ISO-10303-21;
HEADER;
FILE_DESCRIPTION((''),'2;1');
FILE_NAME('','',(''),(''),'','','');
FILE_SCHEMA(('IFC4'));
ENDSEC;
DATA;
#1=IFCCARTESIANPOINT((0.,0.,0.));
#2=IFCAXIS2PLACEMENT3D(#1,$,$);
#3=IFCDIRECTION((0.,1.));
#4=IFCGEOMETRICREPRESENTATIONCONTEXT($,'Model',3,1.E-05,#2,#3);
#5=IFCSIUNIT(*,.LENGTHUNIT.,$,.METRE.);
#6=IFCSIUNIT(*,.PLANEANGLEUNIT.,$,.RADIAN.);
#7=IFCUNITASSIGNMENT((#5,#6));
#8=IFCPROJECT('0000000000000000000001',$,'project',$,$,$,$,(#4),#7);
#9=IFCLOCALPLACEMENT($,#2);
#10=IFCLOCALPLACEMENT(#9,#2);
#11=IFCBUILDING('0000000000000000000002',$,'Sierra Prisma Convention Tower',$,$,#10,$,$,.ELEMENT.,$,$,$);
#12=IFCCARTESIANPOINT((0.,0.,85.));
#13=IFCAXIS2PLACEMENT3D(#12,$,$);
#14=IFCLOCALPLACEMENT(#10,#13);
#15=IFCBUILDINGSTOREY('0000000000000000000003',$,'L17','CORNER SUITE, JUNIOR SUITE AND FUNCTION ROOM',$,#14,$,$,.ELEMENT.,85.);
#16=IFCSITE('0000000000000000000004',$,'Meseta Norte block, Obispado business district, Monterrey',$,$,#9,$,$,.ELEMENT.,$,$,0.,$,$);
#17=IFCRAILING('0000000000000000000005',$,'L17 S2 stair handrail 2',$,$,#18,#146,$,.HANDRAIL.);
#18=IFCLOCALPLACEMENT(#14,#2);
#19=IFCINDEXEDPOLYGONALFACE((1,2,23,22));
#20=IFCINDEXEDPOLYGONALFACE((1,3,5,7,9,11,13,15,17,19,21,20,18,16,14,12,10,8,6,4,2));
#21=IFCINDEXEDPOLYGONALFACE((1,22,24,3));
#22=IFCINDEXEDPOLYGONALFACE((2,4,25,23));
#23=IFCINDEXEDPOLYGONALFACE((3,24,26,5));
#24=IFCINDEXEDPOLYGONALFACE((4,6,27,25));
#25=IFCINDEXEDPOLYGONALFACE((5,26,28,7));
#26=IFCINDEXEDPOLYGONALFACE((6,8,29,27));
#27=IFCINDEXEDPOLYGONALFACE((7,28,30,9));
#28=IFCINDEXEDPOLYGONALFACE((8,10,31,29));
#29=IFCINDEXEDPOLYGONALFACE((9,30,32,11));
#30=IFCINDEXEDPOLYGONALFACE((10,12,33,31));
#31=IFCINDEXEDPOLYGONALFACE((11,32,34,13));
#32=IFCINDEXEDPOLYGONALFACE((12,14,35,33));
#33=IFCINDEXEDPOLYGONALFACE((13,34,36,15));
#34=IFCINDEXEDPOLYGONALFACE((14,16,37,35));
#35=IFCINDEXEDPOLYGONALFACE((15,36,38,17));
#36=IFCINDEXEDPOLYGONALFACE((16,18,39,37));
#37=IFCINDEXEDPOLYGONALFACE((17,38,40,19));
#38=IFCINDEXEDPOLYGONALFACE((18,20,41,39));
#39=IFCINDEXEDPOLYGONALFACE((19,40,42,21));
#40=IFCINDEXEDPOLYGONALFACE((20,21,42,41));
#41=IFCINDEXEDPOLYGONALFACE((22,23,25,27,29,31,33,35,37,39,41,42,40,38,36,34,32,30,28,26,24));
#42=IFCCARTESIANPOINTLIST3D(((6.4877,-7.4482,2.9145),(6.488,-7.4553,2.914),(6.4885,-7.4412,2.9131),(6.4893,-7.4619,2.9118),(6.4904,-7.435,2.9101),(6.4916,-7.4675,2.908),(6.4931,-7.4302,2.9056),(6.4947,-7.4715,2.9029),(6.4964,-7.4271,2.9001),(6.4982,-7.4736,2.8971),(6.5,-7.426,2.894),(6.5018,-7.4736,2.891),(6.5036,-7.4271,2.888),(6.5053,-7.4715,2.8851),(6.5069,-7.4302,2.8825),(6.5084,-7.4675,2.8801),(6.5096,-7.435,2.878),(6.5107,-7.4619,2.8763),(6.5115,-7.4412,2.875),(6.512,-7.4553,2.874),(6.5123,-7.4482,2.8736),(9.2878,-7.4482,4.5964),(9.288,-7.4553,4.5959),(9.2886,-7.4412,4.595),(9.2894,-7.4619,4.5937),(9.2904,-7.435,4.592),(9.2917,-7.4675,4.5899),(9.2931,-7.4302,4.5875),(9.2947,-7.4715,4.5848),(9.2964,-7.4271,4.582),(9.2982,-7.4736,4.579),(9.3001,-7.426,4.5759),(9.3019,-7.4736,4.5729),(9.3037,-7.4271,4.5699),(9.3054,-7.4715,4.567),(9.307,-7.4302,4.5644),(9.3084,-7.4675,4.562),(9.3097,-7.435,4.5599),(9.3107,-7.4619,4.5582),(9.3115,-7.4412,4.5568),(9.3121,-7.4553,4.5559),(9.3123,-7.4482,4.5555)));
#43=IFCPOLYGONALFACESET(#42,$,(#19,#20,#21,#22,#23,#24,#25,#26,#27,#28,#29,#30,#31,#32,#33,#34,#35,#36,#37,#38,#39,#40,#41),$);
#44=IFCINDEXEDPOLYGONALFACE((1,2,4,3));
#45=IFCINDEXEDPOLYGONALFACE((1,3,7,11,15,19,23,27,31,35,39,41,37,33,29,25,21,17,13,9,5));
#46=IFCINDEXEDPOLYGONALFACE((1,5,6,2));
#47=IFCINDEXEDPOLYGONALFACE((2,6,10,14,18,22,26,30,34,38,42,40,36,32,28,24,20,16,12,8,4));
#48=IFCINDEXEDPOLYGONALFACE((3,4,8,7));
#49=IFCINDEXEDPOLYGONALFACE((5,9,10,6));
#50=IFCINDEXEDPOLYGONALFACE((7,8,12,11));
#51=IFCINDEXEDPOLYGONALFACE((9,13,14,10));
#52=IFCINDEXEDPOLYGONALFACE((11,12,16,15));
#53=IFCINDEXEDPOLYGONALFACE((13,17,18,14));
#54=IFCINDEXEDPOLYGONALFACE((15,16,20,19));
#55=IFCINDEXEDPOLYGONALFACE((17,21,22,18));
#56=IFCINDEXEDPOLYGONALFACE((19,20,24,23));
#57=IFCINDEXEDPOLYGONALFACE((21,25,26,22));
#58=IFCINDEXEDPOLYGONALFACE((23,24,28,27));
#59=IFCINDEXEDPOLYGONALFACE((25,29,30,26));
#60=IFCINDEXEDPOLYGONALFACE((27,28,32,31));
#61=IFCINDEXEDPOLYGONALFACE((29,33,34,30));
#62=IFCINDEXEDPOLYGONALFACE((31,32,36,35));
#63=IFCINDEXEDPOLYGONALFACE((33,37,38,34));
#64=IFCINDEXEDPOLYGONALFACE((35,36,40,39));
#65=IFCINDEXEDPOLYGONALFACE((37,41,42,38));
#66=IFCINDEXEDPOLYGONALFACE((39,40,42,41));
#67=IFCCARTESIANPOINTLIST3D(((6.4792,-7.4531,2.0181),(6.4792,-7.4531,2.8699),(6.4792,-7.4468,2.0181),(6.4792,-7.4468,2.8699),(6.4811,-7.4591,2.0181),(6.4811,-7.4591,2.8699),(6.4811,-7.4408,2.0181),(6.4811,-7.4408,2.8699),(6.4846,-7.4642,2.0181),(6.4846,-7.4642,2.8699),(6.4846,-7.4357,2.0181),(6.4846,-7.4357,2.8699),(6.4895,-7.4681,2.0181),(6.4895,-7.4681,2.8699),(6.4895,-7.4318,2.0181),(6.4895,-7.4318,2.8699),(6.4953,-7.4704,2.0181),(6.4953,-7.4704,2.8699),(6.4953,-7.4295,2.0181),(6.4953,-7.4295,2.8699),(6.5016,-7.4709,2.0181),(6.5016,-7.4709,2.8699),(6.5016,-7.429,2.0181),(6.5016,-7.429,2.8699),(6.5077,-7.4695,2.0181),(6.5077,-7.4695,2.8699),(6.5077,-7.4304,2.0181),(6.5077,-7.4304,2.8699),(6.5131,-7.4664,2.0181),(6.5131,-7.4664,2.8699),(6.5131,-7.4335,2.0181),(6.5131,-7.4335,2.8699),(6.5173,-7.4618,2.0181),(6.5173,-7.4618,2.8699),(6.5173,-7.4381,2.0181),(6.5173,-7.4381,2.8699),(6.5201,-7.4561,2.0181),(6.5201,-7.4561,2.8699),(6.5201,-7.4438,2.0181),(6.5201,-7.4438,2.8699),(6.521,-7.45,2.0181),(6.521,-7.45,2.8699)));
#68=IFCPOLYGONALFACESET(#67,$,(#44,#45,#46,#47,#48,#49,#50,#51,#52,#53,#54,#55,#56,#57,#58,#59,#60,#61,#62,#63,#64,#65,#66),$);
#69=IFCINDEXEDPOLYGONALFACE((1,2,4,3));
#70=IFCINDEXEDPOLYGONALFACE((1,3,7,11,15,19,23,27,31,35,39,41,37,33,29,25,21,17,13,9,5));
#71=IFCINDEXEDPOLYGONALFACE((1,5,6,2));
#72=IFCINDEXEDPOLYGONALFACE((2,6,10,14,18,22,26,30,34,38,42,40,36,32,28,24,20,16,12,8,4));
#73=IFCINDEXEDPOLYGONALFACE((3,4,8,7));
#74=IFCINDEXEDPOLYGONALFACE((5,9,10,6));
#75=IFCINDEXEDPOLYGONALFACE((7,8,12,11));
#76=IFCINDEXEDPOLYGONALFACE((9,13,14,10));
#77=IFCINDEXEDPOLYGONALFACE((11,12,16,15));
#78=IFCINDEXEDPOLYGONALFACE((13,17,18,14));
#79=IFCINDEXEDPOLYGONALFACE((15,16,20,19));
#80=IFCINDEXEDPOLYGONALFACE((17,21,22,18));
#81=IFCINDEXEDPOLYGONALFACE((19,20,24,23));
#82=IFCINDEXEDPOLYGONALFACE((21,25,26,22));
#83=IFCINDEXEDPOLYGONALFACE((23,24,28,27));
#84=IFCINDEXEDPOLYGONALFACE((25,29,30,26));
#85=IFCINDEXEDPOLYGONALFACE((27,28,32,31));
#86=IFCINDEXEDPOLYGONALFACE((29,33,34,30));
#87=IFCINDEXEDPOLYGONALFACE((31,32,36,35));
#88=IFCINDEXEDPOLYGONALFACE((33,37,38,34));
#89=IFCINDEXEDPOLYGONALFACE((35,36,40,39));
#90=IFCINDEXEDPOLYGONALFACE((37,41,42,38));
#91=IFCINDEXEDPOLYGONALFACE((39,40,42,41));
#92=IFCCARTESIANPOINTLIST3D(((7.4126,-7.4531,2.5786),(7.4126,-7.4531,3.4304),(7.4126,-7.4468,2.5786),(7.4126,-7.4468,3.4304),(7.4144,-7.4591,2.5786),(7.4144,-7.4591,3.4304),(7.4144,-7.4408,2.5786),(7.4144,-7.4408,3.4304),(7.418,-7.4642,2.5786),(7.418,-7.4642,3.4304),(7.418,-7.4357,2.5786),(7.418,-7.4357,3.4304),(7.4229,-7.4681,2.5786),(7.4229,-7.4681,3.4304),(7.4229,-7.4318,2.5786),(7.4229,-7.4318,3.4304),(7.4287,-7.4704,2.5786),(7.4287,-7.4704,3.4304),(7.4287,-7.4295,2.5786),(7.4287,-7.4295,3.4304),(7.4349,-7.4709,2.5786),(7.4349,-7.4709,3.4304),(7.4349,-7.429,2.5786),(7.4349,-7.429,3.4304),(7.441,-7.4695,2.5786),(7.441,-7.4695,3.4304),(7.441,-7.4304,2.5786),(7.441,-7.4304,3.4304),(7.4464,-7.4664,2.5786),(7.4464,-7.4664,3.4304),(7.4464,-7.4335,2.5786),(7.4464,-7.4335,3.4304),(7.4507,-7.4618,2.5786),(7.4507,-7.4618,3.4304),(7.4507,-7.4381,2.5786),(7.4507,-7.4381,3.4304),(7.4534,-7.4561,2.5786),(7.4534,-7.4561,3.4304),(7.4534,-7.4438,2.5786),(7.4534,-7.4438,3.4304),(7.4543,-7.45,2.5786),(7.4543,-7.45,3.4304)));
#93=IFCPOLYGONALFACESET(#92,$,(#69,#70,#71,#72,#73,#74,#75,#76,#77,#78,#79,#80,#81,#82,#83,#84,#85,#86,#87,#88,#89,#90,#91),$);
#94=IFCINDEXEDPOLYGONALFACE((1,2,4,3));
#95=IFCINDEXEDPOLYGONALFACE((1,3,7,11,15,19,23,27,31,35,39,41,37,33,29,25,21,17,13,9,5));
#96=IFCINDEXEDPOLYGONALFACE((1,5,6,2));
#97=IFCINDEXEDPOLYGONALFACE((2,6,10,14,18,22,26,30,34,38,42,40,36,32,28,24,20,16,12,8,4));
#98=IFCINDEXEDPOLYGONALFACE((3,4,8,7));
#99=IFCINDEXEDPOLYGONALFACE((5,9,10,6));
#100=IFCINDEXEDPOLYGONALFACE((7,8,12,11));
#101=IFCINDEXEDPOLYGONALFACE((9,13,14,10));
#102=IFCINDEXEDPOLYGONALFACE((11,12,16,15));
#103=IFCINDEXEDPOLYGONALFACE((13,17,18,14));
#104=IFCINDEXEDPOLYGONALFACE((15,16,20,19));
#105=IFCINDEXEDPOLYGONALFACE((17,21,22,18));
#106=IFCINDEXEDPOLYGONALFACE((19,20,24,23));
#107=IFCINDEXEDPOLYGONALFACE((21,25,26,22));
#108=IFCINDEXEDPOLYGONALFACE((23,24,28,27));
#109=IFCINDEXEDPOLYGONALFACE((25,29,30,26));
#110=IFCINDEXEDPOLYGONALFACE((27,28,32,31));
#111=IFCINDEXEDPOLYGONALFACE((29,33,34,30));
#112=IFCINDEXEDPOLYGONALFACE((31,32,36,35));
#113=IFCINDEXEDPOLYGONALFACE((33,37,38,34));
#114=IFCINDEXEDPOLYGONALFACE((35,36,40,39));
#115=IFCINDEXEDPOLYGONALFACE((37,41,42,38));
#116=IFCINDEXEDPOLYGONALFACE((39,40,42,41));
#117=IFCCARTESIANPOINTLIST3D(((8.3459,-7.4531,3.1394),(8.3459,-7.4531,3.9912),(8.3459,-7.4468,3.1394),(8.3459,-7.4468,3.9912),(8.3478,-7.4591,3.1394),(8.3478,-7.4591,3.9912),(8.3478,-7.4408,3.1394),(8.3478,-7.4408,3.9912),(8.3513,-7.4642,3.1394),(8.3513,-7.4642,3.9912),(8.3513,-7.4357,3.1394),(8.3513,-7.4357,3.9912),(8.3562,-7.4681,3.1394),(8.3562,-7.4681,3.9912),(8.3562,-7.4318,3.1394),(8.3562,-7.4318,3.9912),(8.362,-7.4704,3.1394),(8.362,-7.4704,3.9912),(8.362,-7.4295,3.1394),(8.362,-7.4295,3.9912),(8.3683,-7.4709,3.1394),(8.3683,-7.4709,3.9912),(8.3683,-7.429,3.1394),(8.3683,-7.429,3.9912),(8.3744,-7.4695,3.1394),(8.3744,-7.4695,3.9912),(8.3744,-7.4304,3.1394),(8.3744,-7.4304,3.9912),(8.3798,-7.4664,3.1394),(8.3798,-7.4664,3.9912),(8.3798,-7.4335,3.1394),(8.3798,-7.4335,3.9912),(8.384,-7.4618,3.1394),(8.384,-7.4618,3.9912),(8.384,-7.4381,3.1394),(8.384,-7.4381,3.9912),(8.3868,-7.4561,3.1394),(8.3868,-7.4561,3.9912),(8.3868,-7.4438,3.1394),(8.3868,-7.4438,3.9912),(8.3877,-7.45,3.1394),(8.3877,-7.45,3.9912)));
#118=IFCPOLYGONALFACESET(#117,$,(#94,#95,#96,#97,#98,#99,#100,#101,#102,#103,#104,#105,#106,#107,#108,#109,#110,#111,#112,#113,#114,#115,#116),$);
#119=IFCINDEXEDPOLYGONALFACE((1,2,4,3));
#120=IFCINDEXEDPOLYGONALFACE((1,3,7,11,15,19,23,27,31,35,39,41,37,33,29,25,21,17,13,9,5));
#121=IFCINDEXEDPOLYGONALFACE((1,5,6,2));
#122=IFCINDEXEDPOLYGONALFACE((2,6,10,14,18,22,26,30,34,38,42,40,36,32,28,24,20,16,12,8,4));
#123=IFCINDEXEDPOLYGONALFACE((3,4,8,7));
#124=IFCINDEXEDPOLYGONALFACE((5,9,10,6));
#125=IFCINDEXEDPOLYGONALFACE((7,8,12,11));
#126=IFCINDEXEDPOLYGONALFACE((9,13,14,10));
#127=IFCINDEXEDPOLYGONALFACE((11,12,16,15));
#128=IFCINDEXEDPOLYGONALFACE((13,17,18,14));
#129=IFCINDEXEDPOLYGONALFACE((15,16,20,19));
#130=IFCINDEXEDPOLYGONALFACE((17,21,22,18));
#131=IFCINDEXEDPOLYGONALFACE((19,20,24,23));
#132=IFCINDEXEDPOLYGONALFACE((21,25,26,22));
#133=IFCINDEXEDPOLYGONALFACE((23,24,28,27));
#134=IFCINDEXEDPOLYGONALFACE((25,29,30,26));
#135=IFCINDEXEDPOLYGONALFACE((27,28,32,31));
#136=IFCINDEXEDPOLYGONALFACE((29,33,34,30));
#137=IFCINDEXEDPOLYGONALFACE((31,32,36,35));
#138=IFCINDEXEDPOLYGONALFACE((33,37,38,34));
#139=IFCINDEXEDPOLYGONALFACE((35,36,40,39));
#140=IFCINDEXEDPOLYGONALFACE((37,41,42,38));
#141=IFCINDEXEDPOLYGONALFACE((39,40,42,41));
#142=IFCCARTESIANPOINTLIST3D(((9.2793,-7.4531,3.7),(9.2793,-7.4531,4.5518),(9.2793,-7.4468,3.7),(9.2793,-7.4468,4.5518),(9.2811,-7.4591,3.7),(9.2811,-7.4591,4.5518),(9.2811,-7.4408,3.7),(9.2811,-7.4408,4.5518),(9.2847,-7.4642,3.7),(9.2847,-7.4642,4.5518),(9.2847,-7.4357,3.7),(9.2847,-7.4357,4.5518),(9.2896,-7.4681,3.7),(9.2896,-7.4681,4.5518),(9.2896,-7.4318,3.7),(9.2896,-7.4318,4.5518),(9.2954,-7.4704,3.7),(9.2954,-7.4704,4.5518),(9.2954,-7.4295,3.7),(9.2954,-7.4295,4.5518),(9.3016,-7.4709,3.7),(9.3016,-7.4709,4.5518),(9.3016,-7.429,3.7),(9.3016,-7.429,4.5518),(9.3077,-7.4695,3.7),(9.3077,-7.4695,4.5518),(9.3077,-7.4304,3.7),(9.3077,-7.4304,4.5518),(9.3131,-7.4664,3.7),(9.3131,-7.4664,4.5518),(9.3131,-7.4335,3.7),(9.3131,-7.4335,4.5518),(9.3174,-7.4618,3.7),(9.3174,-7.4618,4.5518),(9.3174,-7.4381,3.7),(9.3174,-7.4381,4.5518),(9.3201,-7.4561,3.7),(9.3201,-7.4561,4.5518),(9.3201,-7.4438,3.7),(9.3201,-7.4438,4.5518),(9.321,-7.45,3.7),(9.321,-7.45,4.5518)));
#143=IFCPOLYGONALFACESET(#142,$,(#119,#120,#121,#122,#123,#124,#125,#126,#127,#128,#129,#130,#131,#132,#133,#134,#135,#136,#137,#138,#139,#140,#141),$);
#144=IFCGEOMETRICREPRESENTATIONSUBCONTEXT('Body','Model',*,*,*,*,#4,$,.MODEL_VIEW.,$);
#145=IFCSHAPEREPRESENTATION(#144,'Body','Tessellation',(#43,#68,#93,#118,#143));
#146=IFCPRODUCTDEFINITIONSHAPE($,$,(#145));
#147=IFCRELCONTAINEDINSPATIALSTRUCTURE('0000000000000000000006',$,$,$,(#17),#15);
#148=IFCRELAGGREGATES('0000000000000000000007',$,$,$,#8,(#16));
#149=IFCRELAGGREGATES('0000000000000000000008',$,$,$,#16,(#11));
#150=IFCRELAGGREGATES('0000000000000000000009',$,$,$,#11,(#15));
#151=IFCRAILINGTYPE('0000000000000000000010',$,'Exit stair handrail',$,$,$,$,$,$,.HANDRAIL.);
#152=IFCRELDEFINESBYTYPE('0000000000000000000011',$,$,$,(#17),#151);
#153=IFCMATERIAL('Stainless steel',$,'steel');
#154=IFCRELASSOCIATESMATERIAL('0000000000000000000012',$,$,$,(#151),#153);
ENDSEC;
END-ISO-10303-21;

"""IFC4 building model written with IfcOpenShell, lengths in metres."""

from ifc_helpers import new_model, si_unit, direction, frame, origin, origin_2d, place, context, subcontext, project, spatial, circle, extrude, material, type_object, element, save


model = new_model("IFC4")

# Units and contexts
model_context = context("Model", 3, precision=1e-05, world=origin(), true_north=direction((0.0, 1.0)))
body_context = subcontext(model_context, "Body", "Model", "MODEL_VIEW")
ifc_project = project(units=[si_unit("LENGTHUNIT", "METRE"), si_unit("PLANEANGLEUNIT", "RADIAN")], contexts=[model_context])

# Site, building, storey
site_placement = place(None, origin())
site = spatial("IfcSite", under=ifc_project, at=site_placement, Name="Meseta Norte block, Obispado business district, Monterrey", CompositionType="ELEMENT", RefElevation=0.0)
building_placement = place(site_placement, origin())
building = spatial("IfcBuilding", under=site, at=building_placement, Name="Sierra Prisma Convention Tower", CompositionType="ELEMENT")
storey_placement = place(building_placement, frame((0.0, 0.0, 85.0)))
storey = spatial("IfcBuildingStorey", under=building, at=storey_placement, Name="L17", Description="CORNER SUITE, JUNIOR SUITE AND FUNCTION ROOM", CompositionType="ELEMENT", Elevation=85.0)

# Railing
ifc_material_1 = material(Name="Stainless steel", Category="steel")
railing_type_1 = type_object("IfcRailingType", Name="Exit stair handrail", PredefinedType="HANDRAIL", material=ifc_material_1)
railing_1_placement = place(storey_placement, frame((6.5, -7.45, 2.0181)))
element("IfcRailing", 1, at=railing_1_placement, inside=storey, type_object=railing_type_1, Name="L17 S2 stair handrail 2", PredefinedType="HANDRAIL", context=body_context, shape_type="SweptSolid", body=[
    extrude(circle(Radius=0.0239, at=origin_2d()), frame((0.0, 0.0, 0.876), z_axis=(0.857242, 0.0, 0.514913), x_axis=(0.0, 1.0, 0.0)), (0.0, 0.0, 1.0), 3.2664),
    extrude(circle(Radius=0.021, at=origin_2d()), origin(), (0.0, 0.0, 1.0), 0.8518),
    extrude(circle(Radius=0.021, at=origin_2d()), frame((0.9333, 0.0, 0.5605)), (0.0, 0.0, 1.0), 0.8518),
    extrude(circle(Radius=0.021, at=origin_2d()), frame((1.8667, 0.0, 1.1213)), (0.0, 0.0, 1.0), 0.8518),
    extrude(circle(Radius=0.021, at=origin_2d()), frame((2.8, 0.0, 1.6819)), (0.0, 0.0, 1.0), 0.8518),
])

save(model, "model.ifc")
